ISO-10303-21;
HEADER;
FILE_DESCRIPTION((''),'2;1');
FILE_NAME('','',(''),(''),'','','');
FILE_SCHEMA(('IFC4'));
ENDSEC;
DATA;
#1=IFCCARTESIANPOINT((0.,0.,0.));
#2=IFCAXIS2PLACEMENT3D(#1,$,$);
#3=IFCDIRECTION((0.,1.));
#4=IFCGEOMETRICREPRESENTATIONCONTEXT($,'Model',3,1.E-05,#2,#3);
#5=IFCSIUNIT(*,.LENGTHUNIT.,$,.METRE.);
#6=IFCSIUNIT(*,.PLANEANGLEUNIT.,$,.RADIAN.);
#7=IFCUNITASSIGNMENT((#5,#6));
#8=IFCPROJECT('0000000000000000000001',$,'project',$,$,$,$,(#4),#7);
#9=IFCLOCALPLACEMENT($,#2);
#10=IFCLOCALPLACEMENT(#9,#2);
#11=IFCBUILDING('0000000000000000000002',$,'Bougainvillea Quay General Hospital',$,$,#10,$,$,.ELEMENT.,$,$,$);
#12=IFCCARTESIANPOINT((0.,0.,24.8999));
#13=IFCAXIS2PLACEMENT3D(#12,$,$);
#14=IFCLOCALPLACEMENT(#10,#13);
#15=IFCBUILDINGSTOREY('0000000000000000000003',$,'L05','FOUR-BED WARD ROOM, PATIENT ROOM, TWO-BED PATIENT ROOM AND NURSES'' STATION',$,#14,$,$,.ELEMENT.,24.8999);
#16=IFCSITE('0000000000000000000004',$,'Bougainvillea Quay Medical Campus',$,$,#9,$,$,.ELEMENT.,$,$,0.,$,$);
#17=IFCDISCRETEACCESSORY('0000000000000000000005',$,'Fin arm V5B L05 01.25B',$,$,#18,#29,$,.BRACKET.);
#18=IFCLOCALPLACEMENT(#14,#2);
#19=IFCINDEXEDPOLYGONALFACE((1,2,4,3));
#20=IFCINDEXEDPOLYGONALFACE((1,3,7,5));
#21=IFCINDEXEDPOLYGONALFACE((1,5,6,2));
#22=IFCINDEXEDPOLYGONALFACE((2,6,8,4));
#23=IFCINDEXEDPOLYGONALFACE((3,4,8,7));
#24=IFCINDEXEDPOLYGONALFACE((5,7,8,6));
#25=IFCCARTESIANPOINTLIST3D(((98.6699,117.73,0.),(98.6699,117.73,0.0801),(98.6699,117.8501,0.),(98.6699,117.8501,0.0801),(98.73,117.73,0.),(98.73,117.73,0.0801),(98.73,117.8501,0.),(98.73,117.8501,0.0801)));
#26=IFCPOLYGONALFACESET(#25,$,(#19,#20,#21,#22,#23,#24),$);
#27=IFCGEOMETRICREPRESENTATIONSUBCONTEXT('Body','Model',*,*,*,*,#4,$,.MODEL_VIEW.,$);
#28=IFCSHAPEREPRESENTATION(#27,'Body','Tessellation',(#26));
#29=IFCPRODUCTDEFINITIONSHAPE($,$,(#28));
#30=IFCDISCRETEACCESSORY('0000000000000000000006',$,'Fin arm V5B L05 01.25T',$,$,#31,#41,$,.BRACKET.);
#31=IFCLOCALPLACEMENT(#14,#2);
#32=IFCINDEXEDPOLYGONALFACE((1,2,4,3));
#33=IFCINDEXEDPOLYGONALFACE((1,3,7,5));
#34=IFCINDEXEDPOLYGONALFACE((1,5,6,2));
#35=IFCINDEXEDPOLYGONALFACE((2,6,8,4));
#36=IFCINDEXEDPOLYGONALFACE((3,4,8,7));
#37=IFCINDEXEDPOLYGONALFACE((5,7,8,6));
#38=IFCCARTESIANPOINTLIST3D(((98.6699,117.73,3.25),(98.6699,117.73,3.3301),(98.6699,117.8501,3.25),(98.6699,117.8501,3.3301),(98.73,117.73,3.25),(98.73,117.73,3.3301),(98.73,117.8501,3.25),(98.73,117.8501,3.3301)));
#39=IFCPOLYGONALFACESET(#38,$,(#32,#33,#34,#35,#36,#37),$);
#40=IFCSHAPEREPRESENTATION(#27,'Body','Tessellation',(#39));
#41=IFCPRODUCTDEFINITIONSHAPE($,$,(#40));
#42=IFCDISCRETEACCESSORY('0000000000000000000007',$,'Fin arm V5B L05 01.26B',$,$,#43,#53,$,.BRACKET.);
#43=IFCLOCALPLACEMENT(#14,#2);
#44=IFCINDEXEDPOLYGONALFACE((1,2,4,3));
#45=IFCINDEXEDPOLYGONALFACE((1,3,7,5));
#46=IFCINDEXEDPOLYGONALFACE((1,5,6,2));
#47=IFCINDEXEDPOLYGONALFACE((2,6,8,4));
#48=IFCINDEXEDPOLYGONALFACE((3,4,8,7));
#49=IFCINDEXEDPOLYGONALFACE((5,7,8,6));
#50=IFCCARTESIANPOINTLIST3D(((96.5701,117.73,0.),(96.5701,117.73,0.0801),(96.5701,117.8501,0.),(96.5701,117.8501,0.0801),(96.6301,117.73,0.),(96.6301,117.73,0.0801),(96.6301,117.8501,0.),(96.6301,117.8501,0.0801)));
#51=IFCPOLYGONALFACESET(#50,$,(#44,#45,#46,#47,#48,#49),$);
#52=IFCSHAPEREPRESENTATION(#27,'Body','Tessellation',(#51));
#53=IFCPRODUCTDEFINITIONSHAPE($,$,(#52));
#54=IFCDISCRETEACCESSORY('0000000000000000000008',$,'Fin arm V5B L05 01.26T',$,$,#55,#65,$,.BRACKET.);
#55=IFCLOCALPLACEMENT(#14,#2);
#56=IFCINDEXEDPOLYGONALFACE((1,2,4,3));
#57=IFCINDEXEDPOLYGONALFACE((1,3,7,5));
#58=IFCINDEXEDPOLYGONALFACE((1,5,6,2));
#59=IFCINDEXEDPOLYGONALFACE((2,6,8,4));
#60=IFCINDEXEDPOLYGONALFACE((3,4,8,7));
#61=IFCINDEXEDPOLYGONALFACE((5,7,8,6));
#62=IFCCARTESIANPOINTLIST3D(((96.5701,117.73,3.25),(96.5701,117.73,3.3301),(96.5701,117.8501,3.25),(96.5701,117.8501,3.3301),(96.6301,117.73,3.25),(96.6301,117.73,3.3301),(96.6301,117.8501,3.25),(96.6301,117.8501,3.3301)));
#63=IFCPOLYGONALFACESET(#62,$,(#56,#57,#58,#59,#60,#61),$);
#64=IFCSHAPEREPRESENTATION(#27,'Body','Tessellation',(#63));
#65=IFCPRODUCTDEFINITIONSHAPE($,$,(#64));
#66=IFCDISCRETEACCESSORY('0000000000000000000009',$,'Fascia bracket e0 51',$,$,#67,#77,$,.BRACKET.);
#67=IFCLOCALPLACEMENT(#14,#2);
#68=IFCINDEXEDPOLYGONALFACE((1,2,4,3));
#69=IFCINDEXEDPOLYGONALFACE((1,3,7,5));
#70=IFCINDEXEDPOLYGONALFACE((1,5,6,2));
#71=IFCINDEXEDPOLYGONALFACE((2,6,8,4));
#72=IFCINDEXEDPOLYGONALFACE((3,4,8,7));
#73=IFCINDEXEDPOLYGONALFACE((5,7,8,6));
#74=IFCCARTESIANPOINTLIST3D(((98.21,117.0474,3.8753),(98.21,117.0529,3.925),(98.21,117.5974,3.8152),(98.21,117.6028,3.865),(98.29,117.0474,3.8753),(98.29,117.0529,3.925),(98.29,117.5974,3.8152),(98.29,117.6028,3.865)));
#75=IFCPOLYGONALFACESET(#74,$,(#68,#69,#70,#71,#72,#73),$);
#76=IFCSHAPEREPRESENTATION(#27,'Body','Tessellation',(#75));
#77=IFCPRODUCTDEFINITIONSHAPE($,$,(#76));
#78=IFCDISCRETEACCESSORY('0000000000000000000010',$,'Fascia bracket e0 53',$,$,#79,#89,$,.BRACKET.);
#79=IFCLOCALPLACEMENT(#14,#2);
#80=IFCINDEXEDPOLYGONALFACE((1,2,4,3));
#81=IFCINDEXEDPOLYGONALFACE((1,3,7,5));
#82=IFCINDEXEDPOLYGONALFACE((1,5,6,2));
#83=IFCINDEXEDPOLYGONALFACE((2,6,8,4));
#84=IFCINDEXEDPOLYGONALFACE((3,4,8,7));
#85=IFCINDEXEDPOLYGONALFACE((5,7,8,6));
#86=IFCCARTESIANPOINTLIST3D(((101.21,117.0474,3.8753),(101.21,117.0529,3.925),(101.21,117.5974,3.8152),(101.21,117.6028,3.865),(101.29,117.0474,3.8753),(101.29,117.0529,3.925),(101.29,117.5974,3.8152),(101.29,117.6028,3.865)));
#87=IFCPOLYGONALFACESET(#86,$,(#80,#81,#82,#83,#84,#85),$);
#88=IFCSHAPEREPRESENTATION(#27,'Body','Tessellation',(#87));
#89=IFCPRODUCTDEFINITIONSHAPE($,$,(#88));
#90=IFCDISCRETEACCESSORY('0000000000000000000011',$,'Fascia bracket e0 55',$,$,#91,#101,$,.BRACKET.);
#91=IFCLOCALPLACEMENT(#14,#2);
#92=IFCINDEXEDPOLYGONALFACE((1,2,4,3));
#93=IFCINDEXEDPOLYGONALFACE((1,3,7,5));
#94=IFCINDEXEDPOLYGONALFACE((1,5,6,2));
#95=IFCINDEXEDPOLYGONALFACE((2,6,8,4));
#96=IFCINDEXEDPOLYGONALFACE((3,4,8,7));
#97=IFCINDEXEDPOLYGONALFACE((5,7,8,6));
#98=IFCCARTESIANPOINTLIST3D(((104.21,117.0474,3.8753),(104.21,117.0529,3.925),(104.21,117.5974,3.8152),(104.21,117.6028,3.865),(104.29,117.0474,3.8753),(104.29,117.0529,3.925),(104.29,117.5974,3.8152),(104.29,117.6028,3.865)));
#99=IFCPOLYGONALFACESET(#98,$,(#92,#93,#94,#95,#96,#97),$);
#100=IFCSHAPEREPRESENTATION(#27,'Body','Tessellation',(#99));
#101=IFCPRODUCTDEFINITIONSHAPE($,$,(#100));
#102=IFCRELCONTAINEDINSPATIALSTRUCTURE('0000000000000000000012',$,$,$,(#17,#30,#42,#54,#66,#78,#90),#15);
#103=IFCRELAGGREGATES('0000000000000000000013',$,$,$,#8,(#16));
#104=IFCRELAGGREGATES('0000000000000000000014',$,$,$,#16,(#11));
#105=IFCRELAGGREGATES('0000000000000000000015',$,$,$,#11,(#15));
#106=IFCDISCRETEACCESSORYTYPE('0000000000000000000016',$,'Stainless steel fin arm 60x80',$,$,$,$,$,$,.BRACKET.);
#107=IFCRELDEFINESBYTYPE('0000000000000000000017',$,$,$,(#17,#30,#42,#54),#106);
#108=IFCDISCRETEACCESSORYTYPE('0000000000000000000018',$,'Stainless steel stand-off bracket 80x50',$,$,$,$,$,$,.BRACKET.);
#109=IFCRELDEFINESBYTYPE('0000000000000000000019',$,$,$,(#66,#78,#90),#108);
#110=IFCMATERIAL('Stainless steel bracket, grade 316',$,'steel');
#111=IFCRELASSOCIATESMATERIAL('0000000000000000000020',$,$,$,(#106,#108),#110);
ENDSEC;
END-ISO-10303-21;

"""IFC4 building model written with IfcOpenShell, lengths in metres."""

from ifc_helpers import new_model, si_unit, direction, frame, origin, origin_2d, place, context, subcontext, project, spatial, rectangle, extrude, material, material_profile, profile_set, type_object, element, save


model = new_model("IFC4")

# Units and contexts
model_context = context("Model", 3, precision=1e-05, world=origin(), true_north=direction((0.0, 1.0)))
body_context = subcontext(model_context, "Body", "Model", "MODEL_VIEW")
ifc_project = project(units=[si_unit("LENGTHUNIT", "METRE"), si_unit("PLANEANGLEUNIT", "RADIAN")], contexts=[model_context])

# Site, building, storey
site_placement = place(None, origin())
site = spatial("IfcSite", under=ifc_project, at=site_placement, Name="Bougainvillea Quay Medical Campus", CompositionType="ELEMENT", RefElevation=0.0)
building_placement = place(site_placement, origin())
building = spatial("IfcBuilding", under=site, at=building_placement, Name="Bougainvillea Quay General Hospital", CompositionType="ELEMENT")
storey_placement = place(building_placement, frame((0.0, 0.0, 24.8999)))
storey = spatial("IfcBuildingStorey", under=building, at=storey_placement, Name="L05", Description="FOUR-BED WARD ROOM, PATIENT ROOM, TWO-BED PATIENT ROOM AND NURSES' STATION", CompositionType="ELEMENT", Elevation=24.8999)

# Discrete accessories
ifc_material_1 = material(Name="Stainless steel bracket, grade 316", Category="steel")
discrete_accessory_type_1 = type_object("IfcDiscreteAccessoryType", Name="Stainless steel fin arm 60x80", PredefinedType="BRACKET", material=ifc_material_1)
for number, where, z_axis, x_axis, name in (
    (1, (98.7, 117.79, 0.0), (0.0, 0.0, 1.0), (0.0, -1.0, 0.0), "Fin arm V5B L05 01.25B"),
    (2, (98.7, 117.79, 3.25), (0.0, 0.0, 1.0), (0.0, -1.0, 0.0), "Fin arm V5B L05 01.25T"),
    (3, (96.6001, 117.79, 0.0), (0.0, 0.0, 1.0), (0.0, -1.0, 0.0), "Fin arm V5B L05 01.26B"),
    (4, (96.6001, 117.79, 3.25), (0.0, 0.0, 1.0), (0.0, -1.0, 0.0), "Fin arm V5B L05 01.26T"),
):
    element("IfcDiscreteAccessory", number, at=place(storey_placement, frame(where, z_axis=z_axis, x_axis=x_axis)), inside=storey, type_object=discrete_accessory_type_1, Name=name, PredefinedType="BRACKET", context=body_context, shape_type="SweptSolid", body=[
        extrude(rectangle(XDim=0.1201, YDim=0.0601, at=origin_2d()), origin(), (0.0, 0.0, 1.0), 0.0801),
    ])
ifc_material_profile_1 = material_profile(ifc_material_1, rectangle(XDim=0.0801, YDim=0.05, at=origin_2d()))
ifc_profile_set_1 = profile_set([ifc_material_profile_1], Name="Stainless steel bracket, grade 316")
discrete_accessory_type_2 = type_object("IfcDiscreteAccessoryType", Name="Stainless steel stand-off bracket 80x50", PredefinedType="BRACKET", material=ifc_profile_set_1)
for number, where, z_axis, x_axis, name in (
    (5, (98.25, 117.6001, 3.8401), (0.0, -0.994092, 0.108543), (1.0, 0.0, 0.0), "Fascia bracket e0 51"),
    (6, (101.25, 117.6001, 3.8401), (0.0, -0.994092, 0.108543), (1.0, 0.0, 0.0), "Fascia bracket e0 53"),
    (7, (104.25, 117.6001, 3.8401), (0.0, -0.994092, 0.108543), (1.0, 0.0, 0.0), "Fascia bracket e0 55"),
):
    element("IfcDiscreteAccessory", number, at=place(storey_placement, frame(where, z_axis=z_axis, x_axis=x_axis)), inside=storey, type_object=discrete_accessory_type_2, Name=name, PredefinedType="BRACKET", context=body_context, shape_type="SweptSolid", body=[
        extrude(rectangle(XDim=0.0801, YDim=0.05, at=origin_2d()), origin(), (0.0, 0.0, 1.0), 0.5532),
    ])

save(model, "model.ifc")
